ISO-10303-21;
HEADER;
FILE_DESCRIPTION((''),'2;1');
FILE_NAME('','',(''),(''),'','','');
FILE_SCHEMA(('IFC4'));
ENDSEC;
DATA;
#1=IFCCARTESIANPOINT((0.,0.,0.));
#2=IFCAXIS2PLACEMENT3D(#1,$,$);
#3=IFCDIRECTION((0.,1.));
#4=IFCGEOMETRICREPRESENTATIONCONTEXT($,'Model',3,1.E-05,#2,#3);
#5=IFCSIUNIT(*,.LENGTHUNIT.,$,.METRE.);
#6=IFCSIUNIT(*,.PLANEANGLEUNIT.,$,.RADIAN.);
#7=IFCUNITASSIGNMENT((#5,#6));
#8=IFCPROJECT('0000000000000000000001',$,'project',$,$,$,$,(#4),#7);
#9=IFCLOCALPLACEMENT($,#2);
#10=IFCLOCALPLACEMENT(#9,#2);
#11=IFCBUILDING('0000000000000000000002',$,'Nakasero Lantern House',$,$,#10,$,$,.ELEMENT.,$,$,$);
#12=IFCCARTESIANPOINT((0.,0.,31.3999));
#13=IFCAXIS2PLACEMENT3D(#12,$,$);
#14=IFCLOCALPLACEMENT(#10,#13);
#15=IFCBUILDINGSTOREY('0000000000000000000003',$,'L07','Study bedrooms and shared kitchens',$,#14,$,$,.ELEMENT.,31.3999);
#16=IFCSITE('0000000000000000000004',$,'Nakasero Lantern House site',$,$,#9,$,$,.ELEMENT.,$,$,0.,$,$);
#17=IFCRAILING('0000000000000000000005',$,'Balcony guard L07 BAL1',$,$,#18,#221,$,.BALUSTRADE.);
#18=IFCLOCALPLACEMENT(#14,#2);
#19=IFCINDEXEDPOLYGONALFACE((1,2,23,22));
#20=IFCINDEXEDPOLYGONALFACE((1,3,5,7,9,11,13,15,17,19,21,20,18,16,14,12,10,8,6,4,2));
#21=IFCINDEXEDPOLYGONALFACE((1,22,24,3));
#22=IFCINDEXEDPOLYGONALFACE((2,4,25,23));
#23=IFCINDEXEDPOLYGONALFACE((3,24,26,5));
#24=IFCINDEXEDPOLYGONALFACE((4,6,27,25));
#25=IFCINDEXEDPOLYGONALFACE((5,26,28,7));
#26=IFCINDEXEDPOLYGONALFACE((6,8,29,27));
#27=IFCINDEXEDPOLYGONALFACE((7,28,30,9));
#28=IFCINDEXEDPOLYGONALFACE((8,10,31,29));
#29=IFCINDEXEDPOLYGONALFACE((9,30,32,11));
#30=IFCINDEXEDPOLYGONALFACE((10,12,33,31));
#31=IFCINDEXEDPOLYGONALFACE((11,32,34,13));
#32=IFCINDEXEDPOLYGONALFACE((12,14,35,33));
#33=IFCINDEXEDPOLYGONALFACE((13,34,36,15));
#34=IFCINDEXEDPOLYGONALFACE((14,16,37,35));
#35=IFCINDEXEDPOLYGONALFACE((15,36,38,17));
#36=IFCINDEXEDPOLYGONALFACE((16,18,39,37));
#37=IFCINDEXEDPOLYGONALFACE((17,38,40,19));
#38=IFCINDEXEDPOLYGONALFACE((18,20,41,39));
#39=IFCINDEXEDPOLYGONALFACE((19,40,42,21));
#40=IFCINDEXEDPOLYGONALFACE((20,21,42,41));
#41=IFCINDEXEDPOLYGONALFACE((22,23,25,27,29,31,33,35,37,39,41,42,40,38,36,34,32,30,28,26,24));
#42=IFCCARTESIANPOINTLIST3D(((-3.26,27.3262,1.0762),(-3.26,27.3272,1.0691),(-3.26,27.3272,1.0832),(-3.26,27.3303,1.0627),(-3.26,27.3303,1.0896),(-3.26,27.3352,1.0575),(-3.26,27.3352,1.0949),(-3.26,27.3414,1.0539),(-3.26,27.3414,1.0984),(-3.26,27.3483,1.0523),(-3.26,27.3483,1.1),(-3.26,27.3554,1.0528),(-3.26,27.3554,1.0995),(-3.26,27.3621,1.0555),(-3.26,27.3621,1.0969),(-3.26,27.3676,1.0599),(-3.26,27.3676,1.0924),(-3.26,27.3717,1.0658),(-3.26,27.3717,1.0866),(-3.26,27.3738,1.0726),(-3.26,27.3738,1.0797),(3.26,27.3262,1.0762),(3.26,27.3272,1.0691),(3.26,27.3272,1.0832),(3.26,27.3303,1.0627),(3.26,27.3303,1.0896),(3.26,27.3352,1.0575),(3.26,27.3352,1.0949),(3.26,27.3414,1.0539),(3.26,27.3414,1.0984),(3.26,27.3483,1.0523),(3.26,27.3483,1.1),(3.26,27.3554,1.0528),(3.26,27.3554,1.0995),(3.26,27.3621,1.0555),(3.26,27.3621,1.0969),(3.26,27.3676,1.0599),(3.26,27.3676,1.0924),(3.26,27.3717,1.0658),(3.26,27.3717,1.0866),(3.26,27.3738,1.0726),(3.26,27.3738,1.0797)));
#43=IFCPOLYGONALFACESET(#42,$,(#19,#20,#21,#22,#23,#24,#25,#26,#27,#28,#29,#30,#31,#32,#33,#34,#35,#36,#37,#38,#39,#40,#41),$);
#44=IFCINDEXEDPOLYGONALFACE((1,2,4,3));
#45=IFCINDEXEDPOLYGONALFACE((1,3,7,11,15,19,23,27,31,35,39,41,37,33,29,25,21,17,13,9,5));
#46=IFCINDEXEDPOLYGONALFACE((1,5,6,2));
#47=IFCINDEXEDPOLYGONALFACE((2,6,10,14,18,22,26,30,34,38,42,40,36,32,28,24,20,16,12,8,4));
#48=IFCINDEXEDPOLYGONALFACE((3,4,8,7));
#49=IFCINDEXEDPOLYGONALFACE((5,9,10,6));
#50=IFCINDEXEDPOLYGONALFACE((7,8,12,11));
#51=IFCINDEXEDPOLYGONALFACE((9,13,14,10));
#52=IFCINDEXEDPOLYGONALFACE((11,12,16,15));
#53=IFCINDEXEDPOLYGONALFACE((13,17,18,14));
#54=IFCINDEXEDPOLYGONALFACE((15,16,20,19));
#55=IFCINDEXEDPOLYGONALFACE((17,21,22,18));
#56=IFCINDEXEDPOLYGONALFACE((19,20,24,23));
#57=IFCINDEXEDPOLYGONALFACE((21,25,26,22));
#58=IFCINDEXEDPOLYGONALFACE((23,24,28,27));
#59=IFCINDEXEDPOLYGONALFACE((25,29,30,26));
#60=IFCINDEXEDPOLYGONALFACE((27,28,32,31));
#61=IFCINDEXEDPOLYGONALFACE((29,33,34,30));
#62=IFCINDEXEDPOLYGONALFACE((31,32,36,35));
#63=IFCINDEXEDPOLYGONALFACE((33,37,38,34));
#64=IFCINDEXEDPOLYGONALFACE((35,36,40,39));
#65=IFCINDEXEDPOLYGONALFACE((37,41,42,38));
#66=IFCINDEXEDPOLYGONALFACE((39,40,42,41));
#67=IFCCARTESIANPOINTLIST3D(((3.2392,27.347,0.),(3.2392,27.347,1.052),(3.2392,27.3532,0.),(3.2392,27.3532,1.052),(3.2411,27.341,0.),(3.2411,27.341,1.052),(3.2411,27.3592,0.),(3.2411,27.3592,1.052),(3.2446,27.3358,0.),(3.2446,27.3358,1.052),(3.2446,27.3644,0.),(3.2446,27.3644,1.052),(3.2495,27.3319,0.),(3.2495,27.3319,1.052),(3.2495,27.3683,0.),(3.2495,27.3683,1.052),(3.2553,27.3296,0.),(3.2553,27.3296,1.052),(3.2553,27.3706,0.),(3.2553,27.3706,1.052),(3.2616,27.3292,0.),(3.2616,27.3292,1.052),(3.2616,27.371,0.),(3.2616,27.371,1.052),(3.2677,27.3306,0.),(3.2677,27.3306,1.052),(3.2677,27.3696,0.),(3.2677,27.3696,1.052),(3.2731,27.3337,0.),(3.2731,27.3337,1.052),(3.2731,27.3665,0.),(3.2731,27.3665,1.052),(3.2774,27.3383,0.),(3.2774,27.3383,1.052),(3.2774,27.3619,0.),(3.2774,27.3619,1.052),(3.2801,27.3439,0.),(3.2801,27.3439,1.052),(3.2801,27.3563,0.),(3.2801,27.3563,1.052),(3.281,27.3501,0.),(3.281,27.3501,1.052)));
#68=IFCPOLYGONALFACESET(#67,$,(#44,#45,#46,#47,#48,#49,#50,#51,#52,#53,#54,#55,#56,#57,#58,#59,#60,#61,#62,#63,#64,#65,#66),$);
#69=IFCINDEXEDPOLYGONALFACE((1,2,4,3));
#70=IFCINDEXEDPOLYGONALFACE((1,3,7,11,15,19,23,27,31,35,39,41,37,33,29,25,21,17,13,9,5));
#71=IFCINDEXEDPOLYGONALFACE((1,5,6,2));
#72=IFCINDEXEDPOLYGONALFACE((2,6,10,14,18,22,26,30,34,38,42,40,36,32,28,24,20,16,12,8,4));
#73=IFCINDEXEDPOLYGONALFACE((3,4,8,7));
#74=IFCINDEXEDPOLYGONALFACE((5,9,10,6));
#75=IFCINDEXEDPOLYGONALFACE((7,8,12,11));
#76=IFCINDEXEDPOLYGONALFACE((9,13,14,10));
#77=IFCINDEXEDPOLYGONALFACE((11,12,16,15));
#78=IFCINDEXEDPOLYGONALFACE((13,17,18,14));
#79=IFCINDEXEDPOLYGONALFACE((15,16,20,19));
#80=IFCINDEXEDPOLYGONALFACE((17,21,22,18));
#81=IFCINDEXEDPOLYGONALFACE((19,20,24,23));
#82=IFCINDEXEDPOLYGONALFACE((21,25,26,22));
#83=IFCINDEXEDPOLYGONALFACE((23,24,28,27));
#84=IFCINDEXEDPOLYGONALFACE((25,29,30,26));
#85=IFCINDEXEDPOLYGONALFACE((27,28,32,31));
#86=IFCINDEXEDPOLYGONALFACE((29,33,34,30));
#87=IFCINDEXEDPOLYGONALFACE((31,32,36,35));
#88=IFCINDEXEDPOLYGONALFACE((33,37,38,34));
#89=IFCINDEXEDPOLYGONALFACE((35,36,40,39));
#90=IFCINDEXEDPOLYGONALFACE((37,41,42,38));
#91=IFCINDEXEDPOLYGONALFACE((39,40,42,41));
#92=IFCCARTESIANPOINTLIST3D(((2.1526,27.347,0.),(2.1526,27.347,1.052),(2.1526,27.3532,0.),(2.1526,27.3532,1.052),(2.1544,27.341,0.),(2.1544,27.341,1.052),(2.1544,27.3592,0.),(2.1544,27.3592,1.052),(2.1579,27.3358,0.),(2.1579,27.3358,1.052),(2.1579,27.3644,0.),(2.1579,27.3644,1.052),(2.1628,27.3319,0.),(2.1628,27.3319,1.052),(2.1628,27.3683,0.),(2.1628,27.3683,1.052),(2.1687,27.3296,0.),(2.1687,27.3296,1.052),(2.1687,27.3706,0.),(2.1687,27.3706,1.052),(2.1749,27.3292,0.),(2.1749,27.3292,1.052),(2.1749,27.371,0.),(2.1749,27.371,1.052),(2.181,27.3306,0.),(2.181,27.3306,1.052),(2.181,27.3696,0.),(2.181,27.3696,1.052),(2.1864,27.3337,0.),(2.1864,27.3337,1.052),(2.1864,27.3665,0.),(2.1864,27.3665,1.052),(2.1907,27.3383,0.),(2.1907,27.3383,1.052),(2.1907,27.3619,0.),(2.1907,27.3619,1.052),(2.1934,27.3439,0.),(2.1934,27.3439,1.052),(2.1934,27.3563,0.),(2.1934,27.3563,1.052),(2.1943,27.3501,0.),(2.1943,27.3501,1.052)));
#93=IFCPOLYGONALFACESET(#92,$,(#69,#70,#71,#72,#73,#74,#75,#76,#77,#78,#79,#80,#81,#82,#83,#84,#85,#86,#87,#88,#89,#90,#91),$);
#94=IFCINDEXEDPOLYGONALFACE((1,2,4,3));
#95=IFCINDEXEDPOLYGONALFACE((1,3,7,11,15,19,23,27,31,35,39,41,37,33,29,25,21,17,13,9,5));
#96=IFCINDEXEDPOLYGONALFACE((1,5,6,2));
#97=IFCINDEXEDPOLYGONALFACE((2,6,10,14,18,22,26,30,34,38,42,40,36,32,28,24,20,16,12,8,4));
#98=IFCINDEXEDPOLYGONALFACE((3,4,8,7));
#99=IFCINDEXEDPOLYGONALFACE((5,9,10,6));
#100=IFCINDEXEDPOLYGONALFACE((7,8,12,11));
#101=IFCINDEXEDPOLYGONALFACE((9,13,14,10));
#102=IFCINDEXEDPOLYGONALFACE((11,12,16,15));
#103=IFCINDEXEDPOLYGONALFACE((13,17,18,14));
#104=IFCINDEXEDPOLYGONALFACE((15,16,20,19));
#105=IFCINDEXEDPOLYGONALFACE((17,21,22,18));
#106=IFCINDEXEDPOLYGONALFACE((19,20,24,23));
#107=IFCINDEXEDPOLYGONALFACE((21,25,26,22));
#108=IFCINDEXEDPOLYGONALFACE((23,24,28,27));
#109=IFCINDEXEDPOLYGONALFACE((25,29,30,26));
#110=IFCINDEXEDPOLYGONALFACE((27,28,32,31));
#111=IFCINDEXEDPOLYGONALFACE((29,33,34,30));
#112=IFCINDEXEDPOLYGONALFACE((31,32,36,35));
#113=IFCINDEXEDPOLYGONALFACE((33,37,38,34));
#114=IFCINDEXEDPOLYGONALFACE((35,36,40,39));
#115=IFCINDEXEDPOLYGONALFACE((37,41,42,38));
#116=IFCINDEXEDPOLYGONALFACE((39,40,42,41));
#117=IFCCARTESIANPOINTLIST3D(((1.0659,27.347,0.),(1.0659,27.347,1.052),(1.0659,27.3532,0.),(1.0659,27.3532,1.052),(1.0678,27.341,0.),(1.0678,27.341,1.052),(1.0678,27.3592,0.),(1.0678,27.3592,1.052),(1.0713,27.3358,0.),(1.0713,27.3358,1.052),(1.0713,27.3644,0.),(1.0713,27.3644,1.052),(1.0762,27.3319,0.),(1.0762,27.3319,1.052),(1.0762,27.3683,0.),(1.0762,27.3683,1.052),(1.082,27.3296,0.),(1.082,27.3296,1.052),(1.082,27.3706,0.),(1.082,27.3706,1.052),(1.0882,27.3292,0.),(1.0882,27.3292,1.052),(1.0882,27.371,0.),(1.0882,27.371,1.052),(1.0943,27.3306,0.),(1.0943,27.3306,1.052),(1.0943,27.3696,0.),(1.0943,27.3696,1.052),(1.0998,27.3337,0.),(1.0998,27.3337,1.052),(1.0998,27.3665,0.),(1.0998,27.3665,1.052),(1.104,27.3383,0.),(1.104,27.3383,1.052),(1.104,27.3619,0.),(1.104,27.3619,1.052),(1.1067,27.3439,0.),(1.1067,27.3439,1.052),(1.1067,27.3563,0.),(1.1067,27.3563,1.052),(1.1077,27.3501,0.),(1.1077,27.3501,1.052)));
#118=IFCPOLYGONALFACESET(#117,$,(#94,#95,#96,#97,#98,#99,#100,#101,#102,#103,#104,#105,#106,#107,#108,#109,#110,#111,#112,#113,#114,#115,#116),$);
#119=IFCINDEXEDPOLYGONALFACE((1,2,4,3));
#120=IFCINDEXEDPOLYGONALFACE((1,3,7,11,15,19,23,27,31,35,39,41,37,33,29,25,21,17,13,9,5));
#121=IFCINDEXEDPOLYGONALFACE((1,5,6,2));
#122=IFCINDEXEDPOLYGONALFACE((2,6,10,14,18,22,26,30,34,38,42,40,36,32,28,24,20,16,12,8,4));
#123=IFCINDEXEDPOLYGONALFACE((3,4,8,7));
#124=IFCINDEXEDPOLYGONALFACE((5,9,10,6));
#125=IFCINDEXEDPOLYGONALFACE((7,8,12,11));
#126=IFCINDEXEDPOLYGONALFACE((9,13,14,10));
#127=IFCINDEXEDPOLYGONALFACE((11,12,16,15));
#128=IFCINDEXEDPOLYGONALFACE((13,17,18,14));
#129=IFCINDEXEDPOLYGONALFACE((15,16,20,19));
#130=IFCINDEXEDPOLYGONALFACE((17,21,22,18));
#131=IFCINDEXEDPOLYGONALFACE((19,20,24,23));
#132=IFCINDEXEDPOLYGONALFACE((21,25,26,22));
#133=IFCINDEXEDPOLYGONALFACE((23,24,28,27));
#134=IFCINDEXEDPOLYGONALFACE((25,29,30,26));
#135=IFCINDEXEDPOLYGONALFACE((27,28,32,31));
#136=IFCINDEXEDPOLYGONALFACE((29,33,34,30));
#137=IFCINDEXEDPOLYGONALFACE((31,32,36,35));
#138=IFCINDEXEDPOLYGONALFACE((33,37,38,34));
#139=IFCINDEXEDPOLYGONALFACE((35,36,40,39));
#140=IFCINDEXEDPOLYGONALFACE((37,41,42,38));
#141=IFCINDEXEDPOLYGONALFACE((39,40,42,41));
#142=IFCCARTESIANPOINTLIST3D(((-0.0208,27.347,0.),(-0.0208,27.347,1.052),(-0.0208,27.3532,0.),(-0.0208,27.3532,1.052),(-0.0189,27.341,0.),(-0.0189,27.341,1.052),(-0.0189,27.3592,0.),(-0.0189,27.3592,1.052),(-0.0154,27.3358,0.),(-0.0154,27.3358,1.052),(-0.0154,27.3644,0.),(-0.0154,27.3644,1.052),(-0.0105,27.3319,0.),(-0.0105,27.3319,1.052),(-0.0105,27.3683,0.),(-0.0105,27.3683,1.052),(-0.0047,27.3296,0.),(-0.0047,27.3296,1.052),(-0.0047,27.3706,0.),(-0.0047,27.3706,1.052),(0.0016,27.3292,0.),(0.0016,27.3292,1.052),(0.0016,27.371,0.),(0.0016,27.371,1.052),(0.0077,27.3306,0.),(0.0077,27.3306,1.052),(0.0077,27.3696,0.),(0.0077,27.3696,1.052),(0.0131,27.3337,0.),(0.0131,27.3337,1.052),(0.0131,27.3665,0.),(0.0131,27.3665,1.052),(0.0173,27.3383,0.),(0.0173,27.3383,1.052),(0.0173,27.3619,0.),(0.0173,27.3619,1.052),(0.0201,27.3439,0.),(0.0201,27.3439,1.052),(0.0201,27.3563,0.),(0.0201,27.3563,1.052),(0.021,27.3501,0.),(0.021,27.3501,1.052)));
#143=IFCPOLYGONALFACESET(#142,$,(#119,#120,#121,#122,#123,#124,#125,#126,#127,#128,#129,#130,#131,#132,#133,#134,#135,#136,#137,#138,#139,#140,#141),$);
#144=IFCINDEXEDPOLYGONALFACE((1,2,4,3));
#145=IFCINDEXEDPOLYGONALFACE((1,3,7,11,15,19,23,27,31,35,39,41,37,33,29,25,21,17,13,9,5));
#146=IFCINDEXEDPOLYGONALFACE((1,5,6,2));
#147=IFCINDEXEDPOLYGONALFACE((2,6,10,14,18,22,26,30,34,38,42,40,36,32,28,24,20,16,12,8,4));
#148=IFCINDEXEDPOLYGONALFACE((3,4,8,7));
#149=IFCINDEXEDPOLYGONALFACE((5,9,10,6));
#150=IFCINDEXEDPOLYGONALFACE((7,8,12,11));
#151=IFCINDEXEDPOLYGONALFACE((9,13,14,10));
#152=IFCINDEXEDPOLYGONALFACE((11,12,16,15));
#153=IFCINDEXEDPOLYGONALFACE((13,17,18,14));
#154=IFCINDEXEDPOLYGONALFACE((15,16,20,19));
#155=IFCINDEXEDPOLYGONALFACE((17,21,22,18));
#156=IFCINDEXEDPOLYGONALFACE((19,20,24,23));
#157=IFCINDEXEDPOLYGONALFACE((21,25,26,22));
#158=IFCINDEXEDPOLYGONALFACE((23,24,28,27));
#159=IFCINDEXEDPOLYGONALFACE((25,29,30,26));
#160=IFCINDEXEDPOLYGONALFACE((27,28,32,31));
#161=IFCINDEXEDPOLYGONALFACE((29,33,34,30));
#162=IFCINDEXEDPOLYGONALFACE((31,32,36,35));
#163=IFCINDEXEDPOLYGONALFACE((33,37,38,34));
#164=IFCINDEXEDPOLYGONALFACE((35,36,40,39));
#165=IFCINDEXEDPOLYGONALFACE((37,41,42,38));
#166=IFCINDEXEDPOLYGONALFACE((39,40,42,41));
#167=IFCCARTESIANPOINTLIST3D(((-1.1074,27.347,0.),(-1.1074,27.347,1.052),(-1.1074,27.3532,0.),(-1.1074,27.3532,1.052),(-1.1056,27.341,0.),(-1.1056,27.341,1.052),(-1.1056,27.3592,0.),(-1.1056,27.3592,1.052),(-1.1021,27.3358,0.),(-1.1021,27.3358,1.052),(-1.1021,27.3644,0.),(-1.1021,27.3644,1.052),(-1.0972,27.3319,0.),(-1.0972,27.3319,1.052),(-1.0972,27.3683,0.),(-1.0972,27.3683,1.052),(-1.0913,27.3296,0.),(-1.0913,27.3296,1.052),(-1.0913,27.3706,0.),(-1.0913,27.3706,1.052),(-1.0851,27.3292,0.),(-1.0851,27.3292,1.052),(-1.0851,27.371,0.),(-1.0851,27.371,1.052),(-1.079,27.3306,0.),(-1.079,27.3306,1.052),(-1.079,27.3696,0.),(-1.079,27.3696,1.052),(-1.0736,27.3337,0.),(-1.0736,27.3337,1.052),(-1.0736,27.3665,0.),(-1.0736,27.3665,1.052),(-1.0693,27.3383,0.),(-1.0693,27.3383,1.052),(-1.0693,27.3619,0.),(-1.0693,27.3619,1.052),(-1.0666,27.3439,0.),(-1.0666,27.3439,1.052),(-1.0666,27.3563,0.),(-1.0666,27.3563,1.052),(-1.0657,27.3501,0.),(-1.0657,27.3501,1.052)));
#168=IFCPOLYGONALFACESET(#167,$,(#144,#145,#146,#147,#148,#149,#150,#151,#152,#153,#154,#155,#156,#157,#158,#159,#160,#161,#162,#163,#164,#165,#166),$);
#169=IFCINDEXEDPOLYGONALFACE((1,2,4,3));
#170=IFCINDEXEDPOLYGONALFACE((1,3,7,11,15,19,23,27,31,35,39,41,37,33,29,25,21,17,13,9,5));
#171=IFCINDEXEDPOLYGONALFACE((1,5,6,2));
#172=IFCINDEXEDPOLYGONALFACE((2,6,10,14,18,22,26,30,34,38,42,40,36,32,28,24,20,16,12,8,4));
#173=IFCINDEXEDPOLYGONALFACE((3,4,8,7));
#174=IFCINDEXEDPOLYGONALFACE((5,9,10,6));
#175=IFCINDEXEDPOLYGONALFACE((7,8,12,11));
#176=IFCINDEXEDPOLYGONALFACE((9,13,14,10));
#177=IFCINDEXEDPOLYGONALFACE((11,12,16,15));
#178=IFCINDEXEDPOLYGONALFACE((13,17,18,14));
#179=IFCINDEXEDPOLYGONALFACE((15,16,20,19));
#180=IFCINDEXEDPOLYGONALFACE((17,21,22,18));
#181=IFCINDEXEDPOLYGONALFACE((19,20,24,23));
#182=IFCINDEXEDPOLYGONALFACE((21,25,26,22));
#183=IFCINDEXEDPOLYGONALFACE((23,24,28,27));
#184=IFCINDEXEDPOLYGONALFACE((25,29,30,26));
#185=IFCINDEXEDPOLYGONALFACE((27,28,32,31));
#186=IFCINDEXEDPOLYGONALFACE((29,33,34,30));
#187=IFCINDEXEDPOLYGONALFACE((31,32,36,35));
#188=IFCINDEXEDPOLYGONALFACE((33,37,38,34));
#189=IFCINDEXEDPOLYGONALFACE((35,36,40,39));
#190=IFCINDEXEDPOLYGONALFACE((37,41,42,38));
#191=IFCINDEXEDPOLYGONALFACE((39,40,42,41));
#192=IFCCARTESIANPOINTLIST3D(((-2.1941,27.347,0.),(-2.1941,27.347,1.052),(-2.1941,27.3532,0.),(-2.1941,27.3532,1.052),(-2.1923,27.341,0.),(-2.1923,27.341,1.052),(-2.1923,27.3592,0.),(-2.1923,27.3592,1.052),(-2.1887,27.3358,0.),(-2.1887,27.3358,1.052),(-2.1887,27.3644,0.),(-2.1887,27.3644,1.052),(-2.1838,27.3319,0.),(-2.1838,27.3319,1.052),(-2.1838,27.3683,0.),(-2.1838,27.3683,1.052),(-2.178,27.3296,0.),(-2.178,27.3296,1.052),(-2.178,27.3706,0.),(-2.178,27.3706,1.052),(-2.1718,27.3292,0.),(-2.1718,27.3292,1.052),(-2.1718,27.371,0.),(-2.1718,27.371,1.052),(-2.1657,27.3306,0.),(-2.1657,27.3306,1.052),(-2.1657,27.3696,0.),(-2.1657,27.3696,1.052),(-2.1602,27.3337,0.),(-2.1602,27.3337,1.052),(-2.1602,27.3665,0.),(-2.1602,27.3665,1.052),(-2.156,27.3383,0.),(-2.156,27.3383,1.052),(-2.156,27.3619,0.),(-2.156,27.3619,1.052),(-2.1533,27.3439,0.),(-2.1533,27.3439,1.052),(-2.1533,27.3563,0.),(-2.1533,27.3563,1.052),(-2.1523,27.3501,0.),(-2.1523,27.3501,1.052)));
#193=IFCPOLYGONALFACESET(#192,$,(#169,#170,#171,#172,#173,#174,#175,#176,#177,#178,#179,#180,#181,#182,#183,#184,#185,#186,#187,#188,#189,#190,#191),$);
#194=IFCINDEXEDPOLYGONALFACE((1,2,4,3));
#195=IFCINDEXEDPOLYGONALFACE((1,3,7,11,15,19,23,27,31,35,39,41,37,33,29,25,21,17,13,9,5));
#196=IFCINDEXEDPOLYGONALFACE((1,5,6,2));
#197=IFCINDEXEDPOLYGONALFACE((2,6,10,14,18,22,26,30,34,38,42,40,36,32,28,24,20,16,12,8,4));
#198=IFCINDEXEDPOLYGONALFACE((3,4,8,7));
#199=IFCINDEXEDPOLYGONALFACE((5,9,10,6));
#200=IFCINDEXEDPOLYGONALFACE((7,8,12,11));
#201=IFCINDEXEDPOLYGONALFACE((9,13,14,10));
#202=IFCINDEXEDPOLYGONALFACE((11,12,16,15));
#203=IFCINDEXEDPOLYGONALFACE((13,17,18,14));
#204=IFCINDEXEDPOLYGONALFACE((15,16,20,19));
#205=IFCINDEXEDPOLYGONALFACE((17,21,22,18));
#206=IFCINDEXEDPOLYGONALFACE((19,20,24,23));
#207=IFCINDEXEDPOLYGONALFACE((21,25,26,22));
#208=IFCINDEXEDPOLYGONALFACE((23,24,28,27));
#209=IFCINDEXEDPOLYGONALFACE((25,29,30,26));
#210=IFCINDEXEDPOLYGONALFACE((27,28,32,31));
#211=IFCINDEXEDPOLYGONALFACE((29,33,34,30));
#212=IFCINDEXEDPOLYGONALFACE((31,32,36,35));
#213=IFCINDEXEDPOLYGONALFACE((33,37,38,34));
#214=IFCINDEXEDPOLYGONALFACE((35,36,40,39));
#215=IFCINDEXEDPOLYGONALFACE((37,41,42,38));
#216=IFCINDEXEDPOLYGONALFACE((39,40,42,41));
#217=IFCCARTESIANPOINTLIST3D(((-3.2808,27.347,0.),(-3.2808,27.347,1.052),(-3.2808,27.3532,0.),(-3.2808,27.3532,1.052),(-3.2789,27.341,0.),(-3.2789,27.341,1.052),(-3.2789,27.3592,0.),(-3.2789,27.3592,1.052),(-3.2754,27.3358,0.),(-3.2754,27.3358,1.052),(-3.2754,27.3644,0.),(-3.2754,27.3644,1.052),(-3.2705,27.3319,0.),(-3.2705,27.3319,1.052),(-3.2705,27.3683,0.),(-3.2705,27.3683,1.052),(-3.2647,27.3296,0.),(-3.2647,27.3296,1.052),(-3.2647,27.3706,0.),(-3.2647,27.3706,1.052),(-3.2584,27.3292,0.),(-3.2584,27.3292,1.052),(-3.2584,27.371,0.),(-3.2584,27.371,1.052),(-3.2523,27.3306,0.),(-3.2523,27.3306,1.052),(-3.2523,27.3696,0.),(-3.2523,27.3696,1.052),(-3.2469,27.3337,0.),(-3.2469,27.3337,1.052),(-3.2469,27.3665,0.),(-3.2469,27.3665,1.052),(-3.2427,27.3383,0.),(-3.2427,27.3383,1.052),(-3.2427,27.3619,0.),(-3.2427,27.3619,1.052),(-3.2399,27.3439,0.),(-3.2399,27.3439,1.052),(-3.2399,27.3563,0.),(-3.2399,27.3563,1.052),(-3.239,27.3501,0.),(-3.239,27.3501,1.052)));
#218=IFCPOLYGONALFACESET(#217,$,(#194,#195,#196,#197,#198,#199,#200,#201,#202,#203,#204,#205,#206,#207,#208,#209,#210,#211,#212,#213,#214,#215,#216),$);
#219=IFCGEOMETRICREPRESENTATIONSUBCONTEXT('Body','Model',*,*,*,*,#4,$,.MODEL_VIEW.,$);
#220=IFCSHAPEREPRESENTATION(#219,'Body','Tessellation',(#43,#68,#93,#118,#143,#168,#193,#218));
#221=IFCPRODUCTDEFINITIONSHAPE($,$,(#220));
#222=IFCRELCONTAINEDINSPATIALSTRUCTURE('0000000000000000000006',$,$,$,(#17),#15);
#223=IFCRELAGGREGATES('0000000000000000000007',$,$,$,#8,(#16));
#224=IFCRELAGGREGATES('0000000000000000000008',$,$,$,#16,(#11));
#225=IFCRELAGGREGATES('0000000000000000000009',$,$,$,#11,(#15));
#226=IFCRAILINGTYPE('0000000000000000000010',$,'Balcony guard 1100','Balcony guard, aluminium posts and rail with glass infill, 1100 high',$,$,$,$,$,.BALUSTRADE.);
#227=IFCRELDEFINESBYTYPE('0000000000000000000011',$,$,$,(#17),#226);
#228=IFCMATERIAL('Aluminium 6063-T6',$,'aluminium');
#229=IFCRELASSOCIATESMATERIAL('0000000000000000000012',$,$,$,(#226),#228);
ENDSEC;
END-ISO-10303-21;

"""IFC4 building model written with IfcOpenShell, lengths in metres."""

from ifc_helpers import new_model, si_unit, direction, frame, origin, origin_2d, place, context, subcontext, project, spatial, circle, extrude, material, type_object, element, save


model = new_model("IFC4")

# Units and contexts
model_context = context("Model", 3, precision=1e-05, world=origin(), true_north=direction((0.0, 1.0)))
body_context = subcontext(model_context, "Body", "Model", "MODEL_VIEW")
ifc_project = project(units=[si_unit("LENGTHUNIT", "METRE"), si_unit("PLANEANGLEUNIT", "RADIAN")], contexts=[model_context])

# Site, building, storey
site_placement = place(None, origin())
site = spatial("IfcSite", under=ifc_project, at=site_placement, Name="Nakasero Lantern House site", CompositionType="ELEMENT", RefElevation=0.0)
building_placement = place(site_placement, origin())
building = spatial("IfcBuilding", under=site, at=building_placement, Name="Nakasero Lantern House", CompositionType="ELEMENT")
storey_placement = place(building_placement, frame((0.0, 0.0, 31.3999)))
storey = spatial("IfcBuildingStorey", under=building, at=storey_placement, Name="L07", Description="Study bedrooms and shared kitchens", CompositionType="ELEMENT", Elevation=31.3999)

# Railing
ifc_material_1 = material(Name="Aluminium 6063-T6", Category="aluminium")
railing_type = type_object("IfcRailingType", Name="Balcony guard 1100", Description="Balcony guard, aluminium posts and rail with glass infill, 1100 high", PredefinedType="BALUSTRADE", material=ifc_material_1)
railing_placement = place(storey_placement, frame((3.26, 27.3501, 0.0)))
element("IfcRailing", 1, at=railing_placement, inside=storey, type_object=railing_type, Name="Balcony guard L07 BAL1", PredefinedType="BALUSTRADE", context=body_context, shape_type="SweptSolid", body=[
    extrude(circle(Radius=0.0239, at=origin_2d()), frame((0.0, 0.0, 1.0762), z_axis=(-1.0, 0.0, 0.0), x_axis=(0.0, -1.0, 0.0)), (0.0, 0.0, 1.0), 6.52),
    extrude(circle(Radius=0.021, at=origin_2d()), origin(), (0.0, 0.0, 1.0), 1.052),
    extrude(circle(Radius=0.021, at=origin_2d()), frame((-1.0867, 0.0, 0.0)), (0.0, 0.0, 1.0), 1.052),
    extrude(circle(Radius=0.021, at=origin_2d()), frame((-2.1733, 0.0, 0.0)), (0.0, 0.0, 1.0), 1.052),
    extrude(circle(Radius=0.021, at=origin_2d()), frame((-3.26, 0.0, 0.0)), (0.0, 0.0, 1.0), 1.052),
    extrude(circle(Radius=0.021, at=origin_2d()), frame((-4.3467, 0.0, 0.0)), (0.0, 0.0, 1.0), 1.052),
    extrude(circle(Radius=0.021, at=origin_2d()), frame((-5.4333, 0.0, 0.0)), (0.0, 0.0, 1.0), 1.052),
    extrude(circle(Radius=0.021, at=origin_2d()), frame((-6.52, 0.0, 0.0)), (0.0, 0.0, 1.0), 1.052),
])

save(model, "model.ifc")
